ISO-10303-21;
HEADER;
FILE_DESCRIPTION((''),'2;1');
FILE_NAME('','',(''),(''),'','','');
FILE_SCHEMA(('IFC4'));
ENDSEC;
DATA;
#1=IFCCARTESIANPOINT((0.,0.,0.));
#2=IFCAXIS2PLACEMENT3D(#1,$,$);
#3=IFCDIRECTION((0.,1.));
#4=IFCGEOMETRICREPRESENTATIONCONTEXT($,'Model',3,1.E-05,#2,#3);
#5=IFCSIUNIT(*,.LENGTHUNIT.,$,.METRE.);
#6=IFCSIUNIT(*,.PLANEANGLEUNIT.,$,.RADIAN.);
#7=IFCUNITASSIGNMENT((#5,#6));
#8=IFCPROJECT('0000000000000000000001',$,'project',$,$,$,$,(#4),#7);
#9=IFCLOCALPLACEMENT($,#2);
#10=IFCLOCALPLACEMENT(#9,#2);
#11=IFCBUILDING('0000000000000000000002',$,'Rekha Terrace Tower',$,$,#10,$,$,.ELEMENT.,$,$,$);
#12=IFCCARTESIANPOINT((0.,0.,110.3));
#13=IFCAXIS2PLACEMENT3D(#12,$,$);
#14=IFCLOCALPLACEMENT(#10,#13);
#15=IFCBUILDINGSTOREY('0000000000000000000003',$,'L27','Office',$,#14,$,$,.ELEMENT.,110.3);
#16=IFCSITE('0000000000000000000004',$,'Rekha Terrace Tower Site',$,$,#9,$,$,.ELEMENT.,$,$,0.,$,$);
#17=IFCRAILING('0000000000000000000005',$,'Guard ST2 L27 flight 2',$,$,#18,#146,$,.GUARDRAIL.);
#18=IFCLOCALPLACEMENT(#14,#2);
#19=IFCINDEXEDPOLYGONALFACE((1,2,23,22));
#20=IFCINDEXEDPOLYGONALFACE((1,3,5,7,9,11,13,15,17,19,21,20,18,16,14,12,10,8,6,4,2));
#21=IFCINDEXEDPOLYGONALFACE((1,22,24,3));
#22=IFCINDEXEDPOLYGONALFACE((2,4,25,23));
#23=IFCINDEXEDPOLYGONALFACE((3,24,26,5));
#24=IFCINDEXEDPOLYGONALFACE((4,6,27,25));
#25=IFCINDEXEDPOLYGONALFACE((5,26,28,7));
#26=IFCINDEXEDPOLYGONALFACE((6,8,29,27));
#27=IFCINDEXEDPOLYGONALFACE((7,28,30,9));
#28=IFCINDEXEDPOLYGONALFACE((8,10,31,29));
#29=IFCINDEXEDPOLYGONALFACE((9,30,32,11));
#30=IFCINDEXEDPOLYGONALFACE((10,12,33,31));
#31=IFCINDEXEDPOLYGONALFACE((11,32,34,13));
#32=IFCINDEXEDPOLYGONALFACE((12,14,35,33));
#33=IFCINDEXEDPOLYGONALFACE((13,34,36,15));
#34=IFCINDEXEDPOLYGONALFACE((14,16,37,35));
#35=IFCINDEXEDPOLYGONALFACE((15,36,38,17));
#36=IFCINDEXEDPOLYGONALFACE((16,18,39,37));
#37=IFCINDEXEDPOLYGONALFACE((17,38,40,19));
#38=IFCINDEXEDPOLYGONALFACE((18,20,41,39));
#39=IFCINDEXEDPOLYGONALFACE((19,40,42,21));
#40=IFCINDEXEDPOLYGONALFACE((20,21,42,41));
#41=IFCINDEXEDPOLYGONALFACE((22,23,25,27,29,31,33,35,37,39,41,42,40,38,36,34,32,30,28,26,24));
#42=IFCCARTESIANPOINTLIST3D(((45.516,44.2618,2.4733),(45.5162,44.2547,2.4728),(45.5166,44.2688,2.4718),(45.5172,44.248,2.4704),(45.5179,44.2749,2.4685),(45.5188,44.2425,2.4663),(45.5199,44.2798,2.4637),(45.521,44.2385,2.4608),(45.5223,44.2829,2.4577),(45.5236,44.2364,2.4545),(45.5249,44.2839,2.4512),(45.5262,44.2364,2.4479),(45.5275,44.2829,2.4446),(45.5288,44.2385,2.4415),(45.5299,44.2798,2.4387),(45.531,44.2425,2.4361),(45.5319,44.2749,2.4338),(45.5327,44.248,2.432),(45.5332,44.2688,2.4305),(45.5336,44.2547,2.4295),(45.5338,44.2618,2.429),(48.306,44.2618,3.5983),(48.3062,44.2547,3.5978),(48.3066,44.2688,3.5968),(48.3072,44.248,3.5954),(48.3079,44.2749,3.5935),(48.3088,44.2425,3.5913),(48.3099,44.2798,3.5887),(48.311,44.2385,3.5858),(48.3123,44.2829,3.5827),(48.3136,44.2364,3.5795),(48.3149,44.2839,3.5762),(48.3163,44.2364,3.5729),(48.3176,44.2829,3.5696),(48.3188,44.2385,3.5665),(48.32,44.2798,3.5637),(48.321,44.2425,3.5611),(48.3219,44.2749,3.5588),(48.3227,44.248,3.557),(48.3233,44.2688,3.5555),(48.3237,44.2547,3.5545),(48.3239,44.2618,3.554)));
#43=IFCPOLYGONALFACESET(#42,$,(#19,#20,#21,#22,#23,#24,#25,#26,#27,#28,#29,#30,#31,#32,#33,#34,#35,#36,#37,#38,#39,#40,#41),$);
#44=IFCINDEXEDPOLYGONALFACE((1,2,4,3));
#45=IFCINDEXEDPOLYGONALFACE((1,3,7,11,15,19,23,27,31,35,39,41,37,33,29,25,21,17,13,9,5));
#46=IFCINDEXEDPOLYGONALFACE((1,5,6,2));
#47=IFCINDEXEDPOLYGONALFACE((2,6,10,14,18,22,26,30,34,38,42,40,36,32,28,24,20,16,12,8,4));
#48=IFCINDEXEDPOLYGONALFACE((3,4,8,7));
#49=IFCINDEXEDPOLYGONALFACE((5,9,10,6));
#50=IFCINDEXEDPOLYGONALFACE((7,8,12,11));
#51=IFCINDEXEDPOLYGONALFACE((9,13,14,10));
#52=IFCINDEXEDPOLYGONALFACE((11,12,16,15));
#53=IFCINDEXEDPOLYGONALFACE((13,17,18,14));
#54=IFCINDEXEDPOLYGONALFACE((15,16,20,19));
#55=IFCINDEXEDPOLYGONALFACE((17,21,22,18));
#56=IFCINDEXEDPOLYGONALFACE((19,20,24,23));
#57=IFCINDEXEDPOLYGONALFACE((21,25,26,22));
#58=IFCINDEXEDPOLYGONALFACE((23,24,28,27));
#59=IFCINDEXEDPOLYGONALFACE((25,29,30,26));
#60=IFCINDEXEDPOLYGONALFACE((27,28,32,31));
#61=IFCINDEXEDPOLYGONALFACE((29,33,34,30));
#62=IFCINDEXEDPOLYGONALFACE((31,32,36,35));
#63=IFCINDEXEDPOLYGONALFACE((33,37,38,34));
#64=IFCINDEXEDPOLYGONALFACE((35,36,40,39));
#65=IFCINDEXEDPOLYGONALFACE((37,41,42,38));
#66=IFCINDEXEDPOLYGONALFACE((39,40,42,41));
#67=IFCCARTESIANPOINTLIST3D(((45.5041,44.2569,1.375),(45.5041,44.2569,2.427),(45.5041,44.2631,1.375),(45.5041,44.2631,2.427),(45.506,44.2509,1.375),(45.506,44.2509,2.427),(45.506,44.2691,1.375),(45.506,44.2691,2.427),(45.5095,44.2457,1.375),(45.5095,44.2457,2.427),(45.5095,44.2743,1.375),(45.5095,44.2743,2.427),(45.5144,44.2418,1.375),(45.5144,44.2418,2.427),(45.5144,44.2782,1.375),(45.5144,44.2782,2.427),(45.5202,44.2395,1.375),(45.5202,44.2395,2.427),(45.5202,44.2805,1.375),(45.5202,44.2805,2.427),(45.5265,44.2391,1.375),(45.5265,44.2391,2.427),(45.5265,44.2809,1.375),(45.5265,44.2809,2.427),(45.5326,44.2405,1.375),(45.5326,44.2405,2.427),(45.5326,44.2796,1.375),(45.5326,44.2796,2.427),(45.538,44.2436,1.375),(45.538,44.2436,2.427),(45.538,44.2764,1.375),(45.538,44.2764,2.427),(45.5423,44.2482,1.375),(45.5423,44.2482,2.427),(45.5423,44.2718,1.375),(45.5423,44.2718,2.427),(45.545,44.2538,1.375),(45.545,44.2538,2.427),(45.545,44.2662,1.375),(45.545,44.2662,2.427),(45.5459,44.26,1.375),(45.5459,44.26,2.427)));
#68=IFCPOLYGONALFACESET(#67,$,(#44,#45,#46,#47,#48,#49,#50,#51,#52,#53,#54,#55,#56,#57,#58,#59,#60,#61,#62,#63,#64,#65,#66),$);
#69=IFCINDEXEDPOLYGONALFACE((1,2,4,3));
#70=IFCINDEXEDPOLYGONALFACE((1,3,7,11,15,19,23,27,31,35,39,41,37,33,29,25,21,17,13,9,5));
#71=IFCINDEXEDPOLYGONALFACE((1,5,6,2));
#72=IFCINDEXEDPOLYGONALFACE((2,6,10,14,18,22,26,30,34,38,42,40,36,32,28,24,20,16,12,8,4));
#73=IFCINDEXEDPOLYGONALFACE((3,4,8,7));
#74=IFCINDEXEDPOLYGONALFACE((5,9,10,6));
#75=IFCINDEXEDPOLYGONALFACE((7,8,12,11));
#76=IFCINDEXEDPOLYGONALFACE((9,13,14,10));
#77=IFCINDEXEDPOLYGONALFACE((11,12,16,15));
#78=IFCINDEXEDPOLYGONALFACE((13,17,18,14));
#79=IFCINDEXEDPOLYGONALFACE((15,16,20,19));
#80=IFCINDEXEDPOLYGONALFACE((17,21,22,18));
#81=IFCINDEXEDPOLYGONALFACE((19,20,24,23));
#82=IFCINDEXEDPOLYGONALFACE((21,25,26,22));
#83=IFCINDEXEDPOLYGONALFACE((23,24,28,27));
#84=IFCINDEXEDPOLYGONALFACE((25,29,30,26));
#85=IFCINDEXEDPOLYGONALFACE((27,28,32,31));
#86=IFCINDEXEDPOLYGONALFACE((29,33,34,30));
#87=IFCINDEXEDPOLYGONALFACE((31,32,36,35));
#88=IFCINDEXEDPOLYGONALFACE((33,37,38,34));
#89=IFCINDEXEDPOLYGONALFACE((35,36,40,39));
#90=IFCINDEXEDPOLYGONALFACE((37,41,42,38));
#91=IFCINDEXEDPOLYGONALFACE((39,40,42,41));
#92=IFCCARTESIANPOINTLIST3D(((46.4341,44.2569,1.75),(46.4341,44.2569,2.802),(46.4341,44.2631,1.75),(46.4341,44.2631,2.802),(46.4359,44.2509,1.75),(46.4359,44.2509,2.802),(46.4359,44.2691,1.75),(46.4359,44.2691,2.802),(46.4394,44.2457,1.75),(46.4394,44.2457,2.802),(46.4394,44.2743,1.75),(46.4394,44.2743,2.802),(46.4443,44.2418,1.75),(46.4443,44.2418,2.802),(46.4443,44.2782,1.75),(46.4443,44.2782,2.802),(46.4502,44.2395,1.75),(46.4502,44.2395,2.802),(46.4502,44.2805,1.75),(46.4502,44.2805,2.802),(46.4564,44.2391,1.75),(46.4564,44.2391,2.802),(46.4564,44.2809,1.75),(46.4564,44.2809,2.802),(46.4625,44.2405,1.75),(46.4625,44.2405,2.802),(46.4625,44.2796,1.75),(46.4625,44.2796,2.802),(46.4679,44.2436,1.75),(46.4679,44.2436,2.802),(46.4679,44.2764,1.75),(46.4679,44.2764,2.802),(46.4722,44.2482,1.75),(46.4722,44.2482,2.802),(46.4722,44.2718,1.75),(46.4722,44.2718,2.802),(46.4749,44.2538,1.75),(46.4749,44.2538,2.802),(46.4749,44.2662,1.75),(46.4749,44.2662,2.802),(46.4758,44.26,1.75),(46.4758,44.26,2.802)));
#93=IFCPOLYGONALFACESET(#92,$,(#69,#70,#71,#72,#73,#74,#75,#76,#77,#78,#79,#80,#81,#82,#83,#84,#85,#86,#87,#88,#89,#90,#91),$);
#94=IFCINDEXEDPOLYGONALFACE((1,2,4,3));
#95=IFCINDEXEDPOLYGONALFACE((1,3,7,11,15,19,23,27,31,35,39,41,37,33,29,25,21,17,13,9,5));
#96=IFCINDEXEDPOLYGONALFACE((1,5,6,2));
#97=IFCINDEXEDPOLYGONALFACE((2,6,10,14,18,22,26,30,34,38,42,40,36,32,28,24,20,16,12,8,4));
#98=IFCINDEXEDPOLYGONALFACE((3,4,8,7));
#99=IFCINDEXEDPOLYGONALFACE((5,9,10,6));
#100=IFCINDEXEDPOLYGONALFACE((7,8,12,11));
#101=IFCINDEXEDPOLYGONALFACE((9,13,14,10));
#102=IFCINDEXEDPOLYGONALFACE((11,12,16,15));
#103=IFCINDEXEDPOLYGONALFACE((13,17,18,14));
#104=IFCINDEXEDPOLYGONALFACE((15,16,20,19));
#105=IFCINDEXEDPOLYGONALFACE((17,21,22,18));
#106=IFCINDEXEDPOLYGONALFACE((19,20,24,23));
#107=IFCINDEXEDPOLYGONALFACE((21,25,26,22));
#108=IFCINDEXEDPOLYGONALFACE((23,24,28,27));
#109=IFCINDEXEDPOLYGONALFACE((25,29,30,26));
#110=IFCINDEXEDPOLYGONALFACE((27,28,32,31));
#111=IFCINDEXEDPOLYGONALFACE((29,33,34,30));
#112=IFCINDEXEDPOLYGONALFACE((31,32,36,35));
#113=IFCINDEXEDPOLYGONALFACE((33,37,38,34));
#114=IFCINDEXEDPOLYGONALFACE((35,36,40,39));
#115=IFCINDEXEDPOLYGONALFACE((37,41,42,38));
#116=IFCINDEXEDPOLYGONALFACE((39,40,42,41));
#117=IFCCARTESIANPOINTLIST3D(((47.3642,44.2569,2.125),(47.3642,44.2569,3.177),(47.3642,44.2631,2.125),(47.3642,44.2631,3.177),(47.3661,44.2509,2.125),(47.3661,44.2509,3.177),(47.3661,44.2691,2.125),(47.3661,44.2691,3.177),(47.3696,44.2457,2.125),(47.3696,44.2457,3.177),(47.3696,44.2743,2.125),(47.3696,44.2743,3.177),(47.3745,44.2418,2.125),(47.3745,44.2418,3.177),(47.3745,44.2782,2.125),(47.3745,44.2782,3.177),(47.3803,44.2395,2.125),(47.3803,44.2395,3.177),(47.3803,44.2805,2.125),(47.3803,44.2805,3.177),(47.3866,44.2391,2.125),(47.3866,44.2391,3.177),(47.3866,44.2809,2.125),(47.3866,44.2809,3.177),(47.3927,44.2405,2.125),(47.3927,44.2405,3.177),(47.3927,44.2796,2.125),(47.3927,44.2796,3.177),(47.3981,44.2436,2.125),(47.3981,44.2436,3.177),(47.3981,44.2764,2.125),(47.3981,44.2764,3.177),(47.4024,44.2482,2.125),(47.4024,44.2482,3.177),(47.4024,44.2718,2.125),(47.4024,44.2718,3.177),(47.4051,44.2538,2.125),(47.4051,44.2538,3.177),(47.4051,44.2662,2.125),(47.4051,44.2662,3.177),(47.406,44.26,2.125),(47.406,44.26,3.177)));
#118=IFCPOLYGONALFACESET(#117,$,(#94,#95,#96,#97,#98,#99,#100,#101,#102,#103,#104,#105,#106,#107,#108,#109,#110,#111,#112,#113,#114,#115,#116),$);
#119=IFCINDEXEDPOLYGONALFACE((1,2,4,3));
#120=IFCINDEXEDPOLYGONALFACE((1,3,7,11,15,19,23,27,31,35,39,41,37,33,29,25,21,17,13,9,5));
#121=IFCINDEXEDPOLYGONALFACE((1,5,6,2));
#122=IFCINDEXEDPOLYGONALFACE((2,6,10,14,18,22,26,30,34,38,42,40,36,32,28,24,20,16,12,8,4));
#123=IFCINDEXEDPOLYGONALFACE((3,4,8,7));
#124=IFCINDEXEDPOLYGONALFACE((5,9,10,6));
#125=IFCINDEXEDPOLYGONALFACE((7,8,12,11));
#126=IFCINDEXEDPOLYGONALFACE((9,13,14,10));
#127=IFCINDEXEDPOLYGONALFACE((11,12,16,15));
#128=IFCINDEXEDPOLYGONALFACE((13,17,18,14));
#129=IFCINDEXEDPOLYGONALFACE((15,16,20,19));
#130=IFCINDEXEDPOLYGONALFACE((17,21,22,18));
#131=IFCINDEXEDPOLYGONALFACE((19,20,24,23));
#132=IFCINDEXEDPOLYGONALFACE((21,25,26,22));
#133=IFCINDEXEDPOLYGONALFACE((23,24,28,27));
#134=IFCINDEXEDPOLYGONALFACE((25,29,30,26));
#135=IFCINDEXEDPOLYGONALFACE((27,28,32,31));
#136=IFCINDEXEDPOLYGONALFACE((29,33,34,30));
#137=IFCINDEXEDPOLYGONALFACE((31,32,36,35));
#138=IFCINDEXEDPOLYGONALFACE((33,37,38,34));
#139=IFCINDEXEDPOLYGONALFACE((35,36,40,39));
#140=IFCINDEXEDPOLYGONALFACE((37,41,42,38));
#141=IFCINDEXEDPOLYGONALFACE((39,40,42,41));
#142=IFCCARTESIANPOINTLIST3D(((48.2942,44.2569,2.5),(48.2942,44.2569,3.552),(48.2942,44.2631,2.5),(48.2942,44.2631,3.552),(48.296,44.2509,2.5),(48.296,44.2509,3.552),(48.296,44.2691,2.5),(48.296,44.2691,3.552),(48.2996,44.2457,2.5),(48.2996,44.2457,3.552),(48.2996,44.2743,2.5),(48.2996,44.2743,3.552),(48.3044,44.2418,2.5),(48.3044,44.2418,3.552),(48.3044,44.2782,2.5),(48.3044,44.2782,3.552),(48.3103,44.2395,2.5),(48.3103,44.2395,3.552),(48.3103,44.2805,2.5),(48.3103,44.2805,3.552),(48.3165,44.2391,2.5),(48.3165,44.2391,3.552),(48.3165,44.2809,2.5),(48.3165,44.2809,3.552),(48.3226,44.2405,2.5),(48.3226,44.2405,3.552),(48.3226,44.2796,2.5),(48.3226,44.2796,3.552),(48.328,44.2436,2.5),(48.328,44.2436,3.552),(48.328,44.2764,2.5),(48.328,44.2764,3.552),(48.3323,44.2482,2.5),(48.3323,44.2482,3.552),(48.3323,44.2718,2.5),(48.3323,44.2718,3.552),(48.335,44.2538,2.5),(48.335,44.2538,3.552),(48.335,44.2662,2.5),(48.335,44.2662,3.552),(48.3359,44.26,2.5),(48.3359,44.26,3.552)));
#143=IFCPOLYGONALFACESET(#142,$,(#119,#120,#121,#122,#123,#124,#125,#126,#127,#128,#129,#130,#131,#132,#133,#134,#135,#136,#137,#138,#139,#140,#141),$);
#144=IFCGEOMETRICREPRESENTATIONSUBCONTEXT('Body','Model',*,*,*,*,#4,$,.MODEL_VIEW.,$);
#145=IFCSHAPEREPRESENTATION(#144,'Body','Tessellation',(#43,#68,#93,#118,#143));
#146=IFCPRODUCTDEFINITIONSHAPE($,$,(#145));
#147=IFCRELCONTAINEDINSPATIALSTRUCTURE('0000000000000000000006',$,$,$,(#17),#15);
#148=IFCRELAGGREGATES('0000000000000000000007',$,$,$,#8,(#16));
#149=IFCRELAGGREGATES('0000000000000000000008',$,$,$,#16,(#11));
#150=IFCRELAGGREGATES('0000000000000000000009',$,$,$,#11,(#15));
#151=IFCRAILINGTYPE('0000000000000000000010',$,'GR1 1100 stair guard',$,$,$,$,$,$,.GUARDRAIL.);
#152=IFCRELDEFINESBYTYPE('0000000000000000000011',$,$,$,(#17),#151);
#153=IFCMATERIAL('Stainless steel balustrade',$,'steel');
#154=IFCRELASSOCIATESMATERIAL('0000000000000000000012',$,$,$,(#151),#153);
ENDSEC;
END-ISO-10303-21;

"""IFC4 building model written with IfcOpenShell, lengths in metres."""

from ifc_helpers import new_model, si_unit, direction, frame, origin, origin_2d, place, context, subcontext, project, spatial, circle, extrude, material, type_object, element, save


model = new_model("IFC4")

# Units and contexts
model_context = context("Model", 3, precision=1e-05, world=origin(), true_north=direction((0.0, 1.0)))
body_context = subcontext(model_context, "Body", "Model", "MODEL_VIEW")
ifc_project = project(units=[si_unit("LENGTHUNIT", "METRE"), si_unit("PLANEANGLEUNIT", "RADIAN")], contexts=[model_context])

# Site, building, storey
site_placement = place(None, origin())
site = spatial("IfcSite", under=ifc_project, at=site_placement, Name="Rekha Terrace Tower Site", CompositionType="ELEMENT", RefElevation=0.0)
building_placement = place(site_placement, origin())
building = spatial("IfcBuilding", under=site, at=building_placement, Name="Rekha Terrace Tower", CompositionType="ELEMENT")
storey_placement = place(building_placement, frame((0.0, 0.0, 110.3)))
storey = spatial("IfcBuildingStorey", under=building, at=storey_placement, Name="L27", Description="Office", CompositionType="ELEMENT", Elevation=110.3)

# Railing
ifc_material_1 = material(Name="Stainless steel balustrade", Category="steel")
railing_type_1 = type_object("IfcRailingType", Name="GR1 1100 stair guard", PredefinedType="GUARDRAIL", material=ifc_material_1)
railing_1_placement = place(storey_placement, frame((45.5249, 44.26, 1.375)))
element("IfcRailing", 1, at=railing_1_placement, inside=storey, type_object=railing_type_1, Name="Guard ST2 L27 flight 2", PredefinedType="GUARDRAIL", context=body_context, shape_type="SweptSolid", body=[
    extrude(circle(Radius=0.0239, at=origin_2d()), frame((0.0, 0.0, 1.0762), z_axis=(0.927443, 0.0, 0.373964), x_axis=(0.0, 1.0, 0.0)), (0.0, 0.0, 1.0), 3.0083),
    extrude(circle(Radius=0.021, at=origin_2d()), origin(), (0.0, 0.0, 1.0), 1.052),
    extrude(circle(Radius=0.021, at=origin_2d()), frame((0.9299, 0.0, 0.375)), (0.0, 0.0, 1.0), 1.052),
    extrude(circle(Radius=0.021, at=origin_2d()), frame((1.8601, 0.0, 0.75)), (0.0, 0.0, 1.0), 1.052),
    extrude(circle(Radius=0.021, at=origin_2d()), frame((2.79, 0.0, 1.125)), (0.0, 0.0, 1.0), 1.052),
])

save(model, "model.ifc")
